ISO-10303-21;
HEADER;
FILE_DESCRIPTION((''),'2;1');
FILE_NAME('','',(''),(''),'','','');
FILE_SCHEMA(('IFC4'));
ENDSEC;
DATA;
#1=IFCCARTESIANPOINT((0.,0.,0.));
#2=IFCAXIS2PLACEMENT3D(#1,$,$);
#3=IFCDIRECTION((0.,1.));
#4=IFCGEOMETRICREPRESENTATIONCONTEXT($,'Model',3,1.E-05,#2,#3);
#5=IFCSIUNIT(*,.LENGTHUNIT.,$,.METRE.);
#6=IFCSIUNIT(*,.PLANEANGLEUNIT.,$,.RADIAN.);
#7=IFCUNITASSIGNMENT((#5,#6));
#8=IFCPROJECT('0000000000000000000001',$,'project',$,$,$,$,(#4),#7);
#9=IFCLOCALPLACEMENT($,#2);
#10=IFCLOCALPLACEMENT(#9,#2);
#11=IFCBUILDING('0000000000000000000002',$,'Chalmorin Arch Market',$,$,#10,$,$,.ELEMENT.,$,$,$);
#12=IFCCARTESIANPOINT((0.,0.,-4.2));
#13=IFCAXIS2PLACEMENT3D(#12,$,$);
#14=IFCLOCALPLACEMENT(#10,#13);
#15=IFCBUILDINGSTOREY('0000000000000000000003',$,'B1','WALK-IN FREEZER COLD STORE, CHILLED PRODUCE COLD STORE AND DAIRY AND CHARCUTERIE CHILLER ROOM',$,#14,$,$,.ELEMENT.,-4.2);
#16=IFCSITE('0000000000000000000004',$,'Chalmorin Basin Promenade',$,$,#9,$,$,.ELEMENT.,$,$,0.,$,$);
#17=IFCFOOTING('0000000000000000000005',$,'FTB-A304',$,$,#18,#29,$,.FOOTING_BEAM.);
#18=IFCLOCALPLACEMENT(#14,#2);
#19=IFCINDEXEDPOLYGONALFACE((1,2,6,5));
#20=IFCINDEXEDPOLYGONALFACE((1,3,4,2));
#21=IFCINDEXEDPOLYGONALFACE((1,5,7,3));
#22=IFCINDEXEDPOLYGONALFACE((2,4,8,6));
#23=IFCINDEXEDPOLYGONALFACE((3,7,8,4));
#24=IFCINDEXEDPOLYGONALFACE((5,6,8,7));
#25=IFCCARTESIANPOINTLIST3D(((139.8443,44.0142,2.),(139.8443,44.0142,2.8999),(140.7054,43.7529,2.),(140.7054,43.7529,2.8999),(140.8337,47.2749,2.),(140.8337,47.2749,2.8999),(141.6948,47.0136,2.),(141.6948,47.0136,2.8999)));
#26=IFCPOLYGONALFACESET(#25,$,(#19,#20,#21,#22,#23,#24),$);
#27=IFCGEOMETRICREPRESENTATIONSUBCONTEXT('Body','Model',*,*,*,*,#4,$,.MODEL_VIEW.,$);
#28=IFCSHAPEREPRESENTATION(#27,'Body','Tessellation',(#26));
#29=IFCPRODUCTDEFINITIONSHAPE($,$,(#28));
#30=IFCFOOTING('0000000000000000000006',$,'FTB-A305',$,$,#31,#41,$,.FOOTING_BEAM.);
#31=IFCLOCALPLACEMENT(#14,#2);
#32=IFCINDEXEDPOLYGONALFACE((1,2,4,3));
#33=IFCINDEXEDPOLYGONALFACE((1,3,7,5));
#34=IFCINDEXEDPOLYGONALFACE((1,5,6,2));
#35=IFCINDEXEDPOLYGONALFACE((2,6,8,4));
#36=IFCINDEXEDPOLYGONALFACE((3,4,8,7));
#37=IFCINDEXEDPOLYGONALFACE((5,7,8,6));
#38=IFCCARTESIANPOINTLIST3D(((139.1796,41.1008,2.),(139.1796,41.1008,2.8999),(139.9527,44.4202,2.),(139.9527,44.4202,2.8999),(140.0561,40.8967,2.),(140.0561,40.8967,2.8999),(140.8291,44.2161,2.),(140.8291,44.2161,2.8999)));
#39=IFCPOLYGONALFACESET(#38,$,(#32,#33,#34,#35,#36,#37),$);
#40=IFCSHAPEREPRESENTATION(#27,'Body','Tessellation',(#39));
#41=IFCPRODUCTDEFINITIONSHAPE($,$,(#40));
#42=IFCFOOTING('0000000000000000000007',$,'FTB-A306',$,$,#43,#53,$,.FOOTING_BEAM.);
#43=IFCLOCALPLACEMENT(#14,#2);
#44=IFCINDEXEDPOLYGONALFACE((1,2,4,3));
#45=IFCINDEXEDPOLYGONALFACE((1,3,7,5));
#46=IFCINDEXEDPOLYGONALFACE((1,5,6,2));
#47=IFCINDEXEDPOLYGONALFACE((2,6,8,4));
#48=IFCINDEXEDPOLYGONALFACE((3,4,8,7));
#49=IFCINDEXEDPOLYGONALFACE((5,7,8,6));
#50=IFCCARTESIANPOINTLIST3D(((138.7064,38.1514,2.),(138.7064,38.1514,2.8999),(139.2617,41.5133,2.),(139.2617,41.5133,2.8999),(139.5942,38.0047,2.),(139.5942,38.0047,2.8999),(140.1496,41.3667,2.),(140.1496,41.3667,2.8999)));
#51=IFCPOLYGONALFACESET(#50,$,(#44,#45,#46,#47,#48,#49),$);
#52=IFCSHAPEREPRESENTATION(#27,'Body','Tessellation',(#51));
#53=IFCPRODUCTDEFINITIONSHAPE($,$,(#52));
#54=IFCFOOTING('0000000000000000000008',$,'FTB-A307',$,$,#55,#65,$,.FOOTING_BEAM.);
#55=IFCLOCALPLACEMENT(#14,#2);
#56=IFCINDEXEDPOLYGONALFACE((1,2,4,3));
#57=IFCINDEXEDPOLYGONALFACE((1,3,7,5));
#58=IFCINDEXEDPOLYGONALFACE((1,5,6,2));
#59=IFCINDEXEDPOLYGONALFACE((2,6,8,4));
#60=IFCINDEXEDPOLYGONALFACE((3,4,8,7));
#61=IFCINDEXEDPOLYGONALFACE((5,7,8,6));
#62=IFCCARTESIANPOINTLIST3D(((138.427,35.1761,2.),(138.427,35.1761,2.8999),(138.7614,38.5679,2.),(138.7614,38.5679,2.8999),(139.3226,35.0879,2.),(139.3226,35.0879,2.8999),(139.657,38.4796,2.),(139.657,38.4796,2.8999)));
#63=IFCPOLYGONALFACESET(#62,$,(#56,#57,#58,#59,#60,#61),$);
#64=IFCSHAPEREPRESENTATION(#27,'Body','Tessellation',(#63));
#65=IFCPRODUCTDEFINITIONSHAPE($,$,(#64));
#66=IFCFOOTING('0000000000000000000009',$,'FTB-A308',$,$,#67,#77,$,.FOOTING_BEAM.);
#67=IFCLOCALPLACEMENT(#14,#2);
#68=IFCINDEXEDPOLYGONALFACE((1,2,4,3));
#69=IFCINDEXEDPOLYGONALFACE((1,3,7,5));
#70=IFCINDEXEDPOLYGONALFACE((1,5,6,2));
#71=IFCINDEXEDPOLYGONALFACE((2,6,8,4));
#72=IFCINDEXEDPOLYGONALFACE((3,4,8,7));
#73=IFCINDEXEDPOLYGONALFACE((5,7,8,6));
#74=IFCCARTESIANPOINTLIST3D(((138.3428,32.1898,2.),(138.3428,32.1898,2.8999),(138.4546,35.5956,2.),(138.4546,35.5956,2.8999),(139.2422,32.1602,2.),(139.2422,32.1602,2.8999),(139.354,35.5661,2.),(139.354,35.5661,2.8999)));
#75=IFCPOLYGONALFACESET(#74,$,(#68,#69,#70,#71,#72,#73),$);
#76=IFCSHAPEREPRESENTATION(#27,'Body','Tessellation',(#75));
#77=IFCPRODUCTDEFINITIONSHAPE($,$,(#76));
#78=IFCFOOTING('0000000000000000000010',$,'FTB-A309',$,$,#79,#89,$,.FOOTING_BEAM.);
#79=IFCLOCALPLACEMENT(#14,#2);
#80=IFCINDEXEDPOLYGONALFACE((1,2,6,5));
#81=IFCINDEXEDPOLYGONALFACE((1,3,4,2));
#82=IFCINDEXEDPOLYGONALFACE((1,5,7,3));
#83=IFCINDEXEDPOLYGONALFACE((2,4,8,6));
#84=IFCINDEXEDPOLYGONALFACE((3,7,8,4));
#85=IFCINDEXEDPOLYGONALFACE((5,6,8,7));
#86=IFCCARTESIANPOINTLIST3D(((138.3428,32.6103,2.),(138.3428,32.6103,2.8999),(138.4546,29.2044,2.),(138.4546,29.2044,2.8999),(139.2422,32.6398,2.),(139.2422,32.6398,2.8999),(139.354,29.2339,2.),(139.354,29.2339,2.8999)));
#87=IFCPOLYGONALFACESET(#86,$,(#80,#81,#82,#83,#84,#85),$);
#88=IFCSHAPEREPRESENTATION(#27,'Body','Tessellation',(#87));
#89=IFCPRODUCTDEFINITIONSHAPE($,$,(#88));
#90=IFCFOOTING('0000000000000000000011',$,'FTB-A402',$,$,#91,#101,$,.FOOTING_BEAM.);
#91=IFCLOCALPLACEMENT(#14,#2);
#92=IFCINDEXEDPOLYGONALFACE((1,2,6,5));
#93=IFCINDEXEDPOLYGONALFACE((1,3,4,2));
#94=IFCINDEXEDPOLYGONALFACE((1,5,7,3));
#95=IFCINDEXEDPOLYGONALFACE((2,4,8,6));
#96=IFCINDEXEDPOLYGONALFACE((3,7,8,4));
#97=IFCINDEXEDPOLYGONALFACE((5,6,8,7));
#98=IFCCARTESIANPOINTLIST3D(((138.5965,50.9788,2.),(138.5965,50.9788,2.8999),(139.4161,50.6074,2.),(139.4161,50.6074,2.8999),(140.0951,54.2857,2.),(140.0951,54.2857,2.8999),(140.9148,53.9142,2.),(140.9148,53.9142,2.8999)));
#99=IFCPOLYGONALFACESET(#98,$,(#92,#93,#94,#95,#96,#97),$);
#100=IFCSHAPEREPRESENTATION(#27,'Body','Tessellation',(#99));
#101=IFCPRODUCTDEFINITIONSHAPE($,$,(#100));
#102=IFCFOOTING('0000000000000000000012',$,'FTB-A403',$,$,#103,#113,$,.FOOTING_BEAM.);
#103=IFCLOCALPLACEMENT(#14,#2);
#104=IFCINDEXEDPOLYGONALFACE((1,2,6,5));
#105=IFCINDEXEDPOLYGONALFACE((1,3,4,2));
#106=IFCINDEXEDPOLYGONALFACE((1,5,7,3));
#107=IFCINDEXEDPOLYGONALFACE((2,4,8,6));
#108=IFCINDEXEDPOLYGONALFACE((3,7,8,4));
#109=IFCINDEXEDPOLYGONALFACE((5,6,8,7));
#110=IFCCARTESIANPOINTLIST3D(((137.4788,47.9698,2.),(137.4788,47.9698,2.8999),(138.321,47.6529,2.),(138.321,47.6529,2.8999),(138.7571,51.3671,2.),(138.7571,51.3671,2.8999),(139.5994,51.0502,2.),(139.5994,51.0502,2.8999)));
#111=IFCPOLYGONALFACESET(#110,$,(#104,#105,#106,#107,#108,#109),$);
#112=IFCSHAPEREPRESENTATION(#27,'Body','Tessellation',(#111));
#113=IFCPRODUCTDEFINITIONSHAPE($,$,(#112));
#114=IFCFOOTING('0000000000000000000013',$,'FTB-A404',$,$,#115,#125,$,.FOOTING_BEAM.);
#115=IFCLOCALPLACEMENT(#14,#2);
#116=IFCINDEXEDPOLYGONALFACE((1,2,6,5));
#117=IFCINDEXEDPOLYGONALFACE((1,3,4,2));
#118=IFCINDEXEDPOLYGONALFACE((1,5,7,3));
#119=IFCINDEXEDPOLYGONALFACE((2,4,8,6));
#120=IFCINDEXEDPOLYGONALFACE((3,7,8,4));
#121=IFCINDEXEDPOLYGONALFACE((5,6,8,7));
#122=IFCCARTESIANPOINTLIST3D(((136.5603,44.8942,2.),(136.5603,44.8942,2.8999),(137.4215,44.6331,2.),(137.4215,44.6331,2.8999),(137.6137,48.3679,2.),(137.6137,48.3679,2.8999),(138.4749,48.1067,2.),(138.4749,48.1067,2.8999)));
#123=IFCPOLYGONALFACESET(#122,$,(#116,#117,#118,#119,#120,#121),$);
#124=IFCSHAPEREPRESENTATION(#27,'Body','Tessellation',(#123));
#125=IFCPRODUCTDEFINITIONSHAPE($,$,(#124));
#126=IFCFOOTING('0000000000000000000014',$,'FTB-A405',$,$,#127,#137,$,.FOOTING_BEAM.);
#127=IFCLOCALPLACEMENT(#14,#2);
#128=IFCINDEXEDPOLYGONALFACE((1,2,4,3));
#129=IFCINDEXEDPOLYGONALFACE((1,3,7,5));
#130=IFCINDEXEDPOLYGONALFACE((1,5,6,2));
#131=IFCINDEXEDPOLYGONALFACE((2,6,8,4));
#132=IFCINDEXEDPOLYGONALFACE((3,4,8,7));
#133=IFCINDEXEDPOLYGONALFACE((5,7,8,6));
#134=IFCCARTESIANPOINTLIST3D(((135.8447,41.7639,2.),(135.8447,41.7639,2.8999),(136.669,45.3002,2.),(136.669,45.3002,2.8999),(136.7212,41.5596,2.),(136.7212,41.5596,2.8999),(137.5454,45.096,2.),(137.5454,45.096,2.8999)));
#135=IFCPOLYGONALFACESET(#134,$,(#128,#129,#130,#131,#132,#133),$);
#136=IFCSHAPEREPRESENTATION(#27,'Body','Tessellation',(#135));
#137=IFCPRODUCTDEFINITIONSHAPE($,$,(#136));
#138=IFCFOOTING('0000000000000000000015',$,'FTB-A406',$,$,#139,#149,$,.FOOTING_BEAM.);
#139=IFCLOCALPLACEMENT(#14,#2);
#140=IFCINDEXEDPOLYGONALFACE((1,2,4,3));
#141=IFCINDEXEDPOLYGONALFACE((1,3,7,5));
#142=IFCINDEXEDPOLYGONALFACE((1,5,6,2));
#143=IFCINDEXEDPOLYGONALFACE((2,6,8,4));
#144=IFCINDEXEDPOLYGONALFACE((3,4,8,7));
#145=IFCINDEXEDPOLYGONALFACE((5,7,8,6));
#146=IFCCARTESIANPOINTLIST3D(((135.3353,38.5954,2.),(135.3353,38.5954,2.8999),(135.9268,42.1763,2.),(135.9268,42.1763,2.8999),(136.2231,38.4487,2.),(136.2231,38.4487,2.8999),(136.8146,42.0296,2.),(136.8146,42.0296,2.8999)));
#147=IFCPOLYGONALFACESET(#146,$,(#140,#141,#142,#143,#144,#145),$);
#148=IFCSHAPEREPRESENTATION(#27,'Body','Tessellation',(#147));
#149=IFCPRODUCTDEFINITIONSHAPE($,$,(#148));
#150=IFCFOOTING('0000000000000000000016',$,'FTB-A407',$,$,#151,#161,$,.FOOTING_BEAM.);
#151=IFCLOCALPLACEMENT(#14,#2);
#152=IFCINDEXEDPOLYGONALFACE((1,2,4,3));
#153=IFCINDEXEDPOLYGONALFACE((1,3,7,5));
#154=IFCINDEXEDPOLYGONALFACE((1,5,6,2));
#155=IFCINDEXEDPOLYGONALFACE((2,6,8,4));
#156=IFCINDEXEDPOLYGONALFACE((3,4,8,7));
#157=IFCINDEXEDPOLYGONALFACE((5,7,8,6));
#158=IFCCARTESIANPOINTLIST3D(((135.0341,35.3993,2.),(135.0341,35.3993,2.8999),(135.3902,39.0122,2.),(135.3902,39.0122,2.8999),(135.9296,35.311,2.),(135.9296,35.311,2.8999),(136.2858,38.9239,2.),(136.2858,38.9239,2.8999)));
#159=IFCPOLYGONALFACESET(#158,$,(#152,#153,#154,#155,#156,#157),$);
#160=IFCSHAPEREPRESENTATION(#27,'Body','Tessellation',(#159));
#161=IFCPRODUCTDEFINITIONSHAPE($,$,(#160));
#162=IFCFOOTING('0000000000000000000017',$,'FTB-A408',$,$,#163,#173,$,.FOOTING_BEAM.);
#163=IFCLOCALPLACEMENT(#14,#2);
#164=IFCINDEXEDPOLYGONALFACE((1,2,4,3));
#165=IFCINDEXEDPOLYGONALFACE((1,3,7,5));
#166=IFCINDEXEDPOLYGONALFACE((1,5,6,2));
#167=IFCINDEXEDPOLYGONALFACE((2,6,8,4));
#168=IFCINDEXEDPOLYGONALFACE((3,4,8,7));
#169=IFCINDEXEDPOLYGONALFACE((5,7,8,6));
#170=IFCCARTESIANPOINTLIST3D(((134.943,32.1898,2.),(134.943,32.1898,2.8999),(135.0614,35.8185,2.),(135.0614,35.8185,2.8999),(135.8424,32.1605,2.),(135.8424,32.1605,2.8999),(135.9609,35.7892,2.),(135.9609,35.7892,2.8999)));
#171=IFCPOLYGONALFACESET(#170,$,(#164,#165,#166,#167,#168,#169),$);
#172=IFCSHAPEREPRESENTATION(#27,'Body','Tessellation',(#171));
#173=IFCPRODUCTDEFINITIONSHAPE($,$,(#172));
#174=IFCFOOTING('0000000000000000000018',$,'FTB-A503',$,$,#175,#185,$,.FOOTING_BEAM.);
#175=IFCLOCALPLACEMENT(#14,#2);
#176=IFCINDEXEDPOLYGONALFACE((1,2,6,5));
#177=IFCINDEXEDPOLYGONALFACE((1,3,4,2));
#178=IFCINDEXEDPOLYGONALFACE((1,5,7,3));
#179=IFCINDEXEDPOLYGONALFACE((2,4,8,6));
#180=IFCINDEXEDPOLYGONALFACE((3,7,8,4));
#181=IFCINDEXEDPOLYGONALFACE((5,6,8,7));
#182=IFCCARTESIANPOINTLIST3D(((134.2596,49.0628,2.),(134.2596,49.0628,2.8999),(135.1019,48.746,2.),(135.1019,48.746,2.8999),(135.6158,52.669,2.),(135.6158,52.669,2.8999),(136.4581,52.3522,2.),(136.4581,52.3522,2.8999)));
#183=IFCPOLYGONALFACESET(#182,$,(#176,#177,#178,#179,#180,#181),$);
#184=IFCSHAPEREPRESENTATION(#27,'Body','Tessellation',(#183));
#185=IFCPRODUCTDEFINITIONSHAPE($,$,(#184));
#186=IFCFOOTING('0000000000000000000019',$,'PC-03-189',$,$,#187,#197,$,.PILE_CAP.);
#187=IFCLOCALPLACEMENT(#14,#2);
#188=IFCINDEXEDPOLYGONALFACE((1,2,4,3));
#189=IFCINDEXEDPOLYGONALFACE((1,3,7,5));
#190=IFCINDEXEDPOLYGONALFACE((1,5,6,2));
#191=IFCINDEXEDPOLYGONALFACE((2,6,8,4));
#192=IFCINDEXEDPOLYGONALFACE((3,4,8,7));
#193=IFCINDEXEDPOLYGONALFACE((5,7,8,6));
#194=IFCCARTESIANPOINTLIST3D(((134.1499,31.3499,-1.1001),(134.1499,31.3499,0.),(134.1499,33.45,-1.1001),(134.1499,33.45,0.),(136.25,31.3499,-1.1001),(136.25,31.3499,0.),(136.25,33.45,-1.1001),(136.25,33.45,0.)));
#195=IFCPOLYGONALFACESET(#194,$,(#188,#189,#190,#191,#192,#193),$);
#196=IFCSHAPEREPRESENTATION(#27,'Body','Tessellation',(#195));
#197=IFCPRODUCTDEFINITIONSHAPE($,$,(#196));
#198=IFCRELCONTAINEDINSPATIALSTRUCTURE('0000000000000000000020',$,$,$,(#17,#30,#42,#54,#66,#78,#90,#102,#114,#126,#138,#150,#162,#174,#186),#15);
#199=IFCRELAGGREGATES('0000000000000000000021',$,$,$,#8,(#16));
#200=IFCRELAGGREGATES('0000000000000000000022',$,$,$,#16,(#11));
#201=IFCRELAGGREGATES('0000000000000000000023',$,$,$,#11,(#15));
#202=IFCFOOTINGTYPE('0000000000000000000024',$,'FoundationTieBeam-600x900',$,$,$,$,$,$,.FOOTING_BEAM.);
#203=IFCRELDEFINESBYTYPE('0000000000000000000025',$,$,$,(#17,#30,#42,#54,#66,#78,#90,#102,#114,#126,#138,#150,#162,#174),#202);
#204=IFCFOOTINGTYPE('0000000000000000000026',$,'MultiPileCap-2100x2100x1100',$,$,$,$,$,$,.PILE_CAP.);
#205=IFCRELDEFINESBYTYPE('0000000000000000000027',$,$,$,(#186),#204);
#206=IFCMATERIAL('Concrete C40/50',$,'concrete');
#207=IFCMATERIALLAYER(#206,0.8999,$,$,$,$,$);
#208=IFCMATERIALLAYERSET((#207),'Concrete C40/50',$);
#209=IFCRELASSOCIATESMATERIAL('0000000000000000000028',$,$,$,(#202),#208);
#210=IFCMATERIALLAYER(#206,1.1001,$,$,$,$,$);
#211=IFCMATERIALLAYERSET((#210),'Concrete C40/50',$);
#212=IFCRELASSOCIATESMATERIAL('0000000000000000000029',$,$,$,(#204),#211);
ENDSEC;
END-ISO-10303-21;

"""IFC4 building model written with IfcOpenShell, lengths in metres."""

from ifc_helpers import new_model, si_unit, direction, frame, origin, origin_2d, place, context, subcontext, project, spatial, rectangle, extrude, material, layer, layer_set, type_object, element, save


model = new_model("IFC4")

# Units and contexts
model_context = context("Model", 3, precision=1e-05, world=origin(), true_north=direction((0.0, 1.0)))
body_context = subcontext(model_context, "Body", "Model", "MODEL_VIEW")
ifc_project = project(units=[si_unit("LENGTHUNIT", "METRE"), si_unit("PLANEANGLEUNIT", "RADIAN")], contexts=[model_context])

# Site, building, storey
site_placement = place(None, origin())
site = spatial("IfcSite", under=ifc_project, at=site_placement, Name="Chalmorin Basin Promenade", CompositionType="ELEMENT", RefElevation=0.0)
building_placement = place(site_placement, origin())
building = spatial("IfcBuilding", under=site, at=building_placement, Name="Chalmorin Arch Market", CompositionType="ELEMENT")
storey_placement = place(building_placement, frame((0.0, 0.0, -4.2)))
storey = spatial("IfcBuildingStorey", under=building, at=storey_placement, Name="B1", Description="WALK-IN FREEZER COLD STORE, CHILLED PRODUCE COLD STORE AND DAIRY AND CHARCUTERIE CHILLER ROOM", CompositionType="ELEMENT", Elevation=-4.2)

# Footings
ifc_material_1 = material(Name="Concrete C40/50", Category="concrete")
ifc_layer_1 = layer(ifc_material_1, 0.8999)
ifc_layer_set_1 = layer_set([ifc_layer_1], Name="Concrete C40/50")
footing_type_1 = type_object("IfcFootingType", Name="FoundationTieBeam-600x900", PredefinedType="FOOTING_BEAM", material=ifc_layer_set_1)
footing_1_placement = place(storey_placement, frame((140.7695, 45.5139, 2.0), z_axis=(0.0, 0.0, 1.0), x_axis=(-0.290368, -0.956915, 0.0)))
element("IfcFooting", 1, at=footing_1_placement, inside=storey, type_object=footing_type_1, Name="FTB-A304", PredefinedType="FOOTING_BEAM", context=body_context, shape_type="SweptSolid", body=[
    extrude(rectangle(XDim=3.4075, YDim=0.8999, at=origin_2d()), origin(), (0.0, 0.0, 1.0), 0.8999),
])
footing_2_placement = place(storey_placement, frame((140.0044, 42.6584, 2.0), z_axis=(0.0, 0.0, 1.0), x_axis=(-0.226821, -0.973936, 0.0)))
element("IfcFooting", 2, at=footing_2_placement, inside=storey, type_object=footing_type_1, Name="FTB-A305", PredefinedType="FOOTING_BEAM", context=body_context, shape_type="SweptSolid", body=[
    extrude(rectangle(XDim=3.4082, YDim=0.8999, at=origin_2d()), origin(), (0.0, 0.0, 1.0), 0.8999),
])
footing_3_placement = place(storey_placement, frame((139.428, 39.759, 2.0), z_axis=(0.0, 0.0, 1.0), x_axis=(-0.162982, -0.986629, 0.0)))
element("IfcFooting", 3, at=footing_3_placement, inside=storey, type_object=footing_type_1, Name="FTB-A306", PredefinedType="FOOTING_BEAM", context=body_context, shape_type="SweptSolid", body=[
    extrude(rectangle(XDim=3.4075, YDim=0.8999, at=origin_2d()), origin(), (0.0, 0.0, 1.0), 0.8999),
])
footing_4_placement = place(storey_placement, frame((139.042, 36.8279, 2.0), z_axis=(0.0, 0.0, 1.0), x_axis=(-0.098104, -0.995176, 0.0)))
element("IfcFooting", 4, at=footing_4_placement, inside=storey, type_object=footing_type_1, Name="FTB-A307", PredefinedType="FOOTING_BEAM", context=body_context, shape_type="SweptSolid", body=[
    extrude(rectangle(XDim=3.4082, YDim=0.8999, at=origin_2d()), origin(), (0.0, 0.0, 1.0), 0.8999),
])
for number, where, z_axis, x_axis, name in (
    (5, (138.8484, 33.8779, 2.0), (0.0, 0.0, 1.0), (-0.032806, -0.999462, 0.0), "FTB-A308"),
    (6, (138.8484, 30.9221, 2.0), (0.0, 0.0, 1.0), (0.032806, -0.999462, 0.0), "FTB-A309"),
):
    element("IfcFooting", number, at=place(storey_placement, frame(where, z_axis=z_axis, x_axis=x_axis)), inside=storey, type_object=footing_type_1, Name=name, PredefinedType="FOOTING_BEAM", context=body_context, shape_type="SweptSolid", body=[
        extrude(rectangle(XDim=3.4077, YDim=0.8999, at=origin_2d()), origin(), (0.0, 0.0, 1.0), 0.8999),
    ])
footing_5_placement = place(storey_placement, frame((139.7556, 52.4465, 2.0), z_axis=(0.0, 0.0, 1.0), x_axis=(-0.412787, -0.910828, 0.0)))
element("IfcFooting", 7, at=footing_5_placement, inside=storey, type_object=footing_type_1, Name="FTB-A402", PredefinedType="FOOTING_BEAM", context=body_context, shape_type="SweptSolid", body=[
    extrude(rectangle(XDim=3.6306, YDim=0.8999, at=origin_2d()), origin(), (0.0, 0.0, 1.0), 0.8999),
])
for number, where, z_axis, x_axis, name in (
    (8, (138.5391, 49.51, 2.0), (0.0, 0.0, 1.0), (-0.352168, -0.935937, 0.0), "FTB-A403"),
    (9, (137.5176, 46.5005, 2.0), (0.0, 0.0, 1.0), (-0.290201, -0.956966, 0.0), "FTB-A404"),
):
    element("IfcFooting", number, at=place(storey_placement, frame(where, z_axis=z_axis, x_axis=x_axis)), inside=storey, type_object=footing_type_1, Name=name, PredefinedType="FOOTING_BEAM", context=body_context, shape_type="SweptSolid", body=[
        extrude(rectangle(XDim=3.6299, YDim=0.8999, at=origin_2d()), origin(), (0.0, 0.0, 1.0), 0.8999),
    ])
footing_6_placement = place(storey_placement, frame((136.6951, 43.4299, 2.0), z_axis=(0.0, 0.0, 1.0), x_axis=(-0.226991, -0.973897, 0.0)))
element("IfcFooting", 10, at=footing_6_placement, inside=storey, type_object=footing_type_1, Name="FTB-A405", PredefinedType="FOOTING_BEAM", context=body_context, shape_type="SweptSolid", body=[
    extrude(rectangle(XDim=3.6311, YDim=0.8999, at=origin_2d()), origin(), (0.0, 0.0, 1.0), 0.8999),
])
footing_7_placement = place(storey_placement, frame((136.075, 40.3125, 2.0), z_axis=(0.0, 0.0, 1.0), x_axis=(-0.162982, -0.986629, 0.0)))
element("IfcFooting", 11, at=footing_7_placement, inside=storey, type_object=footing_type_1, Name="FTB-A406", PredefinedType="FOOTING_BEAM", context=body_context, shape_type="SweptSolid", body=[
    extrude(rectangle(XDim=3.6294, YDim=0.8999, at=origin_2d()), origin(), (0.0, 0.0, 1.0), 0.8999),
])
footing_8_placement = place(storey_placement, frame((135.6599, 37.1616, 2.0), z_axis=(0.0, 0.0, 1.0), x_axis=(-0.098104, -0.995176, 0.0)))
element("IfcFooting", 12, at=footing_8_placement, inside=storey, type_object=footing_type_1, Name="FTB-A407", PredefinedType="FOOTING_BEAM", context=body_context, shape_type="SweptSolid", body=[
    extrude(rectangle(XDim=3.6304, YDim=0.8999, at=origin_2d()), origin(), (0.0, 0.0, 1.0), 0.8999),
])
footing_9_placement = place(storey_placement, frame((135.4519, 33.9895, 2.0), z_axis=(0.0, 0.0, 1.0), x_axis=(-0.032632, -0.999467, 0.0)))
element("IfcFooting", 13, at=footing_9_placement, inside=storey, type_object=footing_type_1, Name="FTB-A408", PredefinedType="FOOTING_BEAM", context=body_context, shape_type="SweptSolid", body=[
    extrude(rectangle(XDim=3.6306, YDim=0.8999, at=origin_2d()), origin(), (0.0, 0.0, 1.0), 0.8999),
])
footing_10_placement = place(storey_placement, frame((135.3589, 50.7075, 2.0), z_axis=(0.0, 0.0, 1.0), x_axis=(-0.352005, -0.935998, 0.0)))
element("IfcFooting", 14, at=footing_10_placement, inside=storey, type_object=footing_type_1, Name="FTB-A503", PredefinedType="FOOTING_BEAM", context=body_context, shape_type="SweptSolid", body=[
    extrude(rectangle(XDim=3.8528, YDim=0.8999, at=origin_2d()), origin(), (0.0, 0.0, 1.0), 0.8999),
])
ifc_layer_2 = layer(ifc_material_1, 1.1001)
ifc_layer_set_2 = layer_set([ifc_layer_2], Name="Concrete C40/50")
footing_type_2 = type_object("IfcFootingType", Name="MultiPileCap-2100x2100x1100", PredefinedType="PILE_CAP", material=ifc_layer_set_2)
for number, where, z_axis, x_axis, name in (
    (15, (135.2, 32.3999, -1.1001), (0.0, 0.0, 1.0), (1.0, 0.0, 0.0), "PC-03-189"),
):
    element("IfcFooting", number, at=place(storey_placement, frame(where, z_axis=z_axis, x_axis=x_axis)), inside=storey, type_object=footing_type_2, Name=name, PredefinedType="PILE_CAP", context=body_context, shape_type="SweptSolid", body=[
        extrude(rectangle(XDim=2.1001, YDim=2.1001, at=origin_2d()), origin(), (0.0, 0.0, 1.0), 1.1001),
    ])

save(model, "model.ifc")
